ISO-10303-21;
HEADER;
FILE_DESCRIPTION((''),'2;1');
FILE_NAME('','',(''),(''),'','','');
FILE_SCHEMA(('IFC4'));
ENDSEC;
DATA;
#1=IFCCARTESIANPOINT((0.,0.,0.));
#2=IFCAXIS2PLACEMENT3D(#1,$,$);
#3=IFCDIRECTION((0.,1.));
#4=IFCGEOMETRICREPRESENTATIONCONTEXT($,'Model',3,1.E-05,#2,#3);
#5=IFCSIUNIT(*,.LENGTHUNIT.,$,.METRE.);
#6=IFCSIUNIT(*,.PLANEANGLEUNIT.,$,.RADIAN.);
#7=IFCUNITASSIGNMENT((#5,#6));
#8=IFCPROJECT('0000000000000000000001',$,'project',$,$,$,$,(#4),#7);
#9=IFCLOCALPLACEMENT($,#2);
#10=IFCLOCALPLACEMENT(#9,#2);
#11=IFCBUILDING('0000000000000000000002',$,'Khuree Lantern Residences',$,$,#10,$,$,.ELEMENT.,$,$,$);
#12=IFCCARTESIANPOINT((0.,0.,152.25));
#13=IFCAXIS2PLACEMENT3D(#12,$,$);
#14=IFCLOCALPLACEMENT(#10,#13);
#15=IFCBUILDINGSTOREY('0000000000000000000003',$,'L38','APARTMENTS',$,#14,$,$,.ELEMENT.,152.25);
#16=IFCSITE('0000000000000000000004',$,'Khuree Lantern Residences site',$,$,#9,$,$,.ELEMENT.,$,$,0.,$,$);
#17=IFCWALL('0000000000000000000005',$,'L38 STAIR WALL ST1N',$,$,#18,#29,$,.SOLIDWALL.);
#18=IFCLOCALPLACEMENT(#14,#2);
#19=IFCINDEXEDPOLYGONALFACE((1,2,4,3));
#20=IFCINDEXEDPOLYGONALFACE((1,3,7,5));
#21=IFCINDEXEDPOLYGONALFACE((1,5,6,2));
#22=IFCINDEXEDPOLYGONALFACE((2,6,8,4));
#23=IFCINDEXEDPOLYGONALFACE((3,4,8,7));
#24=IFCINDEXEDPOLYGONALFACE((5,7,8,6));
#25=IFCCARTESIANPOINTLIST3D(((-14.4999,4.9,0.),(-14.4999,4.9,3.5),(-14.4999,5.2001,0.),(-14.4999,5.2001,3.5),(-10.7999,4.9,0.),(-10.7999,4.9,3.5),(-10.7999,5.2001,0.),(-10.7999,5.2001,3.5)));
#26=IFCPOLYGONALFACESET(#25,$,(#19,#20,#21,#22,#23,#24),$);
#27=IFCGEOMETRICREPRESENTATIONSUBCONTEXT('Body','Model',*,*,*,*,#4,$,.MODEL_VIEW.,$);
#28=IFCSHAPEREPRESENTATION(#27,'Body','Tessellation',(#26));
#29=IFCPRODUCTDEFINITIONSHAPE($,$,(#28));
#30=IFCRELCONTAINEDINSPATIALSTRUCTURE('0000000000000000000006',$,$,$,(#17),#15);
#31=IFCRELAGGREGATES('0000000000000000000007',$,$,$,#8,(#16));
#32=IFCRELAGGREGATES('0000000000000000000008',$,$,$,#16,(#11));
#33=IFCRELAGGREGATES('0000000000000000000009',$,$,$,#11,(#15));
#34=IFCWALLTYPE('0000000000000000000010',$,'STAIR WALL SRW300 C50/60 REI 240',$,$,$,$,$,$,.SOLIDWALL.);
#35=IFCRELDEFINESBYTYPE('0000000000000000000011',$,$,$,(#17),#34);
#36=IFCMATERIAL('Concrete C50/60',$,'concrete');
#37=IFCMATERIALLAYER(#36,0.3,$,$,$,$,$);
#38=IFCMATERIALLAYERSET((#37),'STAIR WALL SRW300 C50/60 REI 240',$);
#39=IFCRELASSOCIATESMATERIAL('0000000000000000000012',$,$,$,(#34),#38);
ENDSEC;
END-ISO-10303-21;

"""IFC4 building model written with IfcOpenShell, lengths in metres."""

from ifc_helpers import new_model, si_unit, direction, frame, frame_2d, origin, place, context, subcontext, project, spatial, rectangle, extrude, material, layer, layer_set, type_object, element, save


model = new_model("IFC4")

# Units and contexts
model_context = context("Model", 3, precision=1e-05, world=origin(), true_north=direction((0.0, 1.0)))
body_context = subcontext(model_context, "Body", "Model", "MODEL_VIEW")
ifc_project = project(units=[si_unit("LENGTHUNIT", "METRE"), si_unit("PLANEANGLEUNIT", "RADIAN")], contexts=[model_context])

# Site, building, storey
site_placement = place(None, origin())
site = spatial("IfcSite", under=ifc_project, at=site_placement, Name="Khuree Lantern Residences site", CompositionType="ELEMENT", RefElevation=0.0)
building_placement = place(site_placement, origin())
building = spatial("IfcBuilding", under=site, at=building_placement, Name="Khuree Lantern Residences", CompositionType="ELEMENT")
storey_placement = place(building_placement, frame((0.0, 0.0, 152.25)))
storey = spatial("IfcBuildingStorey", under=building, at=storey_placement, Name="L38", Description="APARTMENTS", CompositionType="ELEMENT", Elevation=152.25)

# Wall
ifc_material_1 = material(Name="Concrete C50/60", Category="concrete")
ifc_layer_1 = layer(ifc_material_1, 0.3)
ifc_layer_set_1 = layer_set([ifc_layer_1], Name="STAIR WALL SRW300 C50/60 REI 240")
wall_type_1 = type_object("IfcWallType", Name="STAIR WALL SRW300 C50/60 REI 240", PredefinedType="SOLIDWALL", material=ifc_layer_set_1)
wall_1_placement = place(storey_placement, frame((-14.5, 5.05, 0.0), z_axis=(0.0, 0.0, 1.0), x_axis=(1.0, 0.0, 0.0)))
element("IfcWall", 1, at=wall_1_placement, inside=storey, type_object=wall_type_1, Name="L38 STAIR WALL ST1N", PredefinedType="SOLIDWALL", context=body_context, shape_type="SweptSolid", body=[
    extrude(rectangle(XDim=3.7, YDim=0.3, at=frame_2d((1.8501, 0.0))), origin(), (0.0, 0.0, 1.0), 3.5),
])

save(model, "model.ifc")
